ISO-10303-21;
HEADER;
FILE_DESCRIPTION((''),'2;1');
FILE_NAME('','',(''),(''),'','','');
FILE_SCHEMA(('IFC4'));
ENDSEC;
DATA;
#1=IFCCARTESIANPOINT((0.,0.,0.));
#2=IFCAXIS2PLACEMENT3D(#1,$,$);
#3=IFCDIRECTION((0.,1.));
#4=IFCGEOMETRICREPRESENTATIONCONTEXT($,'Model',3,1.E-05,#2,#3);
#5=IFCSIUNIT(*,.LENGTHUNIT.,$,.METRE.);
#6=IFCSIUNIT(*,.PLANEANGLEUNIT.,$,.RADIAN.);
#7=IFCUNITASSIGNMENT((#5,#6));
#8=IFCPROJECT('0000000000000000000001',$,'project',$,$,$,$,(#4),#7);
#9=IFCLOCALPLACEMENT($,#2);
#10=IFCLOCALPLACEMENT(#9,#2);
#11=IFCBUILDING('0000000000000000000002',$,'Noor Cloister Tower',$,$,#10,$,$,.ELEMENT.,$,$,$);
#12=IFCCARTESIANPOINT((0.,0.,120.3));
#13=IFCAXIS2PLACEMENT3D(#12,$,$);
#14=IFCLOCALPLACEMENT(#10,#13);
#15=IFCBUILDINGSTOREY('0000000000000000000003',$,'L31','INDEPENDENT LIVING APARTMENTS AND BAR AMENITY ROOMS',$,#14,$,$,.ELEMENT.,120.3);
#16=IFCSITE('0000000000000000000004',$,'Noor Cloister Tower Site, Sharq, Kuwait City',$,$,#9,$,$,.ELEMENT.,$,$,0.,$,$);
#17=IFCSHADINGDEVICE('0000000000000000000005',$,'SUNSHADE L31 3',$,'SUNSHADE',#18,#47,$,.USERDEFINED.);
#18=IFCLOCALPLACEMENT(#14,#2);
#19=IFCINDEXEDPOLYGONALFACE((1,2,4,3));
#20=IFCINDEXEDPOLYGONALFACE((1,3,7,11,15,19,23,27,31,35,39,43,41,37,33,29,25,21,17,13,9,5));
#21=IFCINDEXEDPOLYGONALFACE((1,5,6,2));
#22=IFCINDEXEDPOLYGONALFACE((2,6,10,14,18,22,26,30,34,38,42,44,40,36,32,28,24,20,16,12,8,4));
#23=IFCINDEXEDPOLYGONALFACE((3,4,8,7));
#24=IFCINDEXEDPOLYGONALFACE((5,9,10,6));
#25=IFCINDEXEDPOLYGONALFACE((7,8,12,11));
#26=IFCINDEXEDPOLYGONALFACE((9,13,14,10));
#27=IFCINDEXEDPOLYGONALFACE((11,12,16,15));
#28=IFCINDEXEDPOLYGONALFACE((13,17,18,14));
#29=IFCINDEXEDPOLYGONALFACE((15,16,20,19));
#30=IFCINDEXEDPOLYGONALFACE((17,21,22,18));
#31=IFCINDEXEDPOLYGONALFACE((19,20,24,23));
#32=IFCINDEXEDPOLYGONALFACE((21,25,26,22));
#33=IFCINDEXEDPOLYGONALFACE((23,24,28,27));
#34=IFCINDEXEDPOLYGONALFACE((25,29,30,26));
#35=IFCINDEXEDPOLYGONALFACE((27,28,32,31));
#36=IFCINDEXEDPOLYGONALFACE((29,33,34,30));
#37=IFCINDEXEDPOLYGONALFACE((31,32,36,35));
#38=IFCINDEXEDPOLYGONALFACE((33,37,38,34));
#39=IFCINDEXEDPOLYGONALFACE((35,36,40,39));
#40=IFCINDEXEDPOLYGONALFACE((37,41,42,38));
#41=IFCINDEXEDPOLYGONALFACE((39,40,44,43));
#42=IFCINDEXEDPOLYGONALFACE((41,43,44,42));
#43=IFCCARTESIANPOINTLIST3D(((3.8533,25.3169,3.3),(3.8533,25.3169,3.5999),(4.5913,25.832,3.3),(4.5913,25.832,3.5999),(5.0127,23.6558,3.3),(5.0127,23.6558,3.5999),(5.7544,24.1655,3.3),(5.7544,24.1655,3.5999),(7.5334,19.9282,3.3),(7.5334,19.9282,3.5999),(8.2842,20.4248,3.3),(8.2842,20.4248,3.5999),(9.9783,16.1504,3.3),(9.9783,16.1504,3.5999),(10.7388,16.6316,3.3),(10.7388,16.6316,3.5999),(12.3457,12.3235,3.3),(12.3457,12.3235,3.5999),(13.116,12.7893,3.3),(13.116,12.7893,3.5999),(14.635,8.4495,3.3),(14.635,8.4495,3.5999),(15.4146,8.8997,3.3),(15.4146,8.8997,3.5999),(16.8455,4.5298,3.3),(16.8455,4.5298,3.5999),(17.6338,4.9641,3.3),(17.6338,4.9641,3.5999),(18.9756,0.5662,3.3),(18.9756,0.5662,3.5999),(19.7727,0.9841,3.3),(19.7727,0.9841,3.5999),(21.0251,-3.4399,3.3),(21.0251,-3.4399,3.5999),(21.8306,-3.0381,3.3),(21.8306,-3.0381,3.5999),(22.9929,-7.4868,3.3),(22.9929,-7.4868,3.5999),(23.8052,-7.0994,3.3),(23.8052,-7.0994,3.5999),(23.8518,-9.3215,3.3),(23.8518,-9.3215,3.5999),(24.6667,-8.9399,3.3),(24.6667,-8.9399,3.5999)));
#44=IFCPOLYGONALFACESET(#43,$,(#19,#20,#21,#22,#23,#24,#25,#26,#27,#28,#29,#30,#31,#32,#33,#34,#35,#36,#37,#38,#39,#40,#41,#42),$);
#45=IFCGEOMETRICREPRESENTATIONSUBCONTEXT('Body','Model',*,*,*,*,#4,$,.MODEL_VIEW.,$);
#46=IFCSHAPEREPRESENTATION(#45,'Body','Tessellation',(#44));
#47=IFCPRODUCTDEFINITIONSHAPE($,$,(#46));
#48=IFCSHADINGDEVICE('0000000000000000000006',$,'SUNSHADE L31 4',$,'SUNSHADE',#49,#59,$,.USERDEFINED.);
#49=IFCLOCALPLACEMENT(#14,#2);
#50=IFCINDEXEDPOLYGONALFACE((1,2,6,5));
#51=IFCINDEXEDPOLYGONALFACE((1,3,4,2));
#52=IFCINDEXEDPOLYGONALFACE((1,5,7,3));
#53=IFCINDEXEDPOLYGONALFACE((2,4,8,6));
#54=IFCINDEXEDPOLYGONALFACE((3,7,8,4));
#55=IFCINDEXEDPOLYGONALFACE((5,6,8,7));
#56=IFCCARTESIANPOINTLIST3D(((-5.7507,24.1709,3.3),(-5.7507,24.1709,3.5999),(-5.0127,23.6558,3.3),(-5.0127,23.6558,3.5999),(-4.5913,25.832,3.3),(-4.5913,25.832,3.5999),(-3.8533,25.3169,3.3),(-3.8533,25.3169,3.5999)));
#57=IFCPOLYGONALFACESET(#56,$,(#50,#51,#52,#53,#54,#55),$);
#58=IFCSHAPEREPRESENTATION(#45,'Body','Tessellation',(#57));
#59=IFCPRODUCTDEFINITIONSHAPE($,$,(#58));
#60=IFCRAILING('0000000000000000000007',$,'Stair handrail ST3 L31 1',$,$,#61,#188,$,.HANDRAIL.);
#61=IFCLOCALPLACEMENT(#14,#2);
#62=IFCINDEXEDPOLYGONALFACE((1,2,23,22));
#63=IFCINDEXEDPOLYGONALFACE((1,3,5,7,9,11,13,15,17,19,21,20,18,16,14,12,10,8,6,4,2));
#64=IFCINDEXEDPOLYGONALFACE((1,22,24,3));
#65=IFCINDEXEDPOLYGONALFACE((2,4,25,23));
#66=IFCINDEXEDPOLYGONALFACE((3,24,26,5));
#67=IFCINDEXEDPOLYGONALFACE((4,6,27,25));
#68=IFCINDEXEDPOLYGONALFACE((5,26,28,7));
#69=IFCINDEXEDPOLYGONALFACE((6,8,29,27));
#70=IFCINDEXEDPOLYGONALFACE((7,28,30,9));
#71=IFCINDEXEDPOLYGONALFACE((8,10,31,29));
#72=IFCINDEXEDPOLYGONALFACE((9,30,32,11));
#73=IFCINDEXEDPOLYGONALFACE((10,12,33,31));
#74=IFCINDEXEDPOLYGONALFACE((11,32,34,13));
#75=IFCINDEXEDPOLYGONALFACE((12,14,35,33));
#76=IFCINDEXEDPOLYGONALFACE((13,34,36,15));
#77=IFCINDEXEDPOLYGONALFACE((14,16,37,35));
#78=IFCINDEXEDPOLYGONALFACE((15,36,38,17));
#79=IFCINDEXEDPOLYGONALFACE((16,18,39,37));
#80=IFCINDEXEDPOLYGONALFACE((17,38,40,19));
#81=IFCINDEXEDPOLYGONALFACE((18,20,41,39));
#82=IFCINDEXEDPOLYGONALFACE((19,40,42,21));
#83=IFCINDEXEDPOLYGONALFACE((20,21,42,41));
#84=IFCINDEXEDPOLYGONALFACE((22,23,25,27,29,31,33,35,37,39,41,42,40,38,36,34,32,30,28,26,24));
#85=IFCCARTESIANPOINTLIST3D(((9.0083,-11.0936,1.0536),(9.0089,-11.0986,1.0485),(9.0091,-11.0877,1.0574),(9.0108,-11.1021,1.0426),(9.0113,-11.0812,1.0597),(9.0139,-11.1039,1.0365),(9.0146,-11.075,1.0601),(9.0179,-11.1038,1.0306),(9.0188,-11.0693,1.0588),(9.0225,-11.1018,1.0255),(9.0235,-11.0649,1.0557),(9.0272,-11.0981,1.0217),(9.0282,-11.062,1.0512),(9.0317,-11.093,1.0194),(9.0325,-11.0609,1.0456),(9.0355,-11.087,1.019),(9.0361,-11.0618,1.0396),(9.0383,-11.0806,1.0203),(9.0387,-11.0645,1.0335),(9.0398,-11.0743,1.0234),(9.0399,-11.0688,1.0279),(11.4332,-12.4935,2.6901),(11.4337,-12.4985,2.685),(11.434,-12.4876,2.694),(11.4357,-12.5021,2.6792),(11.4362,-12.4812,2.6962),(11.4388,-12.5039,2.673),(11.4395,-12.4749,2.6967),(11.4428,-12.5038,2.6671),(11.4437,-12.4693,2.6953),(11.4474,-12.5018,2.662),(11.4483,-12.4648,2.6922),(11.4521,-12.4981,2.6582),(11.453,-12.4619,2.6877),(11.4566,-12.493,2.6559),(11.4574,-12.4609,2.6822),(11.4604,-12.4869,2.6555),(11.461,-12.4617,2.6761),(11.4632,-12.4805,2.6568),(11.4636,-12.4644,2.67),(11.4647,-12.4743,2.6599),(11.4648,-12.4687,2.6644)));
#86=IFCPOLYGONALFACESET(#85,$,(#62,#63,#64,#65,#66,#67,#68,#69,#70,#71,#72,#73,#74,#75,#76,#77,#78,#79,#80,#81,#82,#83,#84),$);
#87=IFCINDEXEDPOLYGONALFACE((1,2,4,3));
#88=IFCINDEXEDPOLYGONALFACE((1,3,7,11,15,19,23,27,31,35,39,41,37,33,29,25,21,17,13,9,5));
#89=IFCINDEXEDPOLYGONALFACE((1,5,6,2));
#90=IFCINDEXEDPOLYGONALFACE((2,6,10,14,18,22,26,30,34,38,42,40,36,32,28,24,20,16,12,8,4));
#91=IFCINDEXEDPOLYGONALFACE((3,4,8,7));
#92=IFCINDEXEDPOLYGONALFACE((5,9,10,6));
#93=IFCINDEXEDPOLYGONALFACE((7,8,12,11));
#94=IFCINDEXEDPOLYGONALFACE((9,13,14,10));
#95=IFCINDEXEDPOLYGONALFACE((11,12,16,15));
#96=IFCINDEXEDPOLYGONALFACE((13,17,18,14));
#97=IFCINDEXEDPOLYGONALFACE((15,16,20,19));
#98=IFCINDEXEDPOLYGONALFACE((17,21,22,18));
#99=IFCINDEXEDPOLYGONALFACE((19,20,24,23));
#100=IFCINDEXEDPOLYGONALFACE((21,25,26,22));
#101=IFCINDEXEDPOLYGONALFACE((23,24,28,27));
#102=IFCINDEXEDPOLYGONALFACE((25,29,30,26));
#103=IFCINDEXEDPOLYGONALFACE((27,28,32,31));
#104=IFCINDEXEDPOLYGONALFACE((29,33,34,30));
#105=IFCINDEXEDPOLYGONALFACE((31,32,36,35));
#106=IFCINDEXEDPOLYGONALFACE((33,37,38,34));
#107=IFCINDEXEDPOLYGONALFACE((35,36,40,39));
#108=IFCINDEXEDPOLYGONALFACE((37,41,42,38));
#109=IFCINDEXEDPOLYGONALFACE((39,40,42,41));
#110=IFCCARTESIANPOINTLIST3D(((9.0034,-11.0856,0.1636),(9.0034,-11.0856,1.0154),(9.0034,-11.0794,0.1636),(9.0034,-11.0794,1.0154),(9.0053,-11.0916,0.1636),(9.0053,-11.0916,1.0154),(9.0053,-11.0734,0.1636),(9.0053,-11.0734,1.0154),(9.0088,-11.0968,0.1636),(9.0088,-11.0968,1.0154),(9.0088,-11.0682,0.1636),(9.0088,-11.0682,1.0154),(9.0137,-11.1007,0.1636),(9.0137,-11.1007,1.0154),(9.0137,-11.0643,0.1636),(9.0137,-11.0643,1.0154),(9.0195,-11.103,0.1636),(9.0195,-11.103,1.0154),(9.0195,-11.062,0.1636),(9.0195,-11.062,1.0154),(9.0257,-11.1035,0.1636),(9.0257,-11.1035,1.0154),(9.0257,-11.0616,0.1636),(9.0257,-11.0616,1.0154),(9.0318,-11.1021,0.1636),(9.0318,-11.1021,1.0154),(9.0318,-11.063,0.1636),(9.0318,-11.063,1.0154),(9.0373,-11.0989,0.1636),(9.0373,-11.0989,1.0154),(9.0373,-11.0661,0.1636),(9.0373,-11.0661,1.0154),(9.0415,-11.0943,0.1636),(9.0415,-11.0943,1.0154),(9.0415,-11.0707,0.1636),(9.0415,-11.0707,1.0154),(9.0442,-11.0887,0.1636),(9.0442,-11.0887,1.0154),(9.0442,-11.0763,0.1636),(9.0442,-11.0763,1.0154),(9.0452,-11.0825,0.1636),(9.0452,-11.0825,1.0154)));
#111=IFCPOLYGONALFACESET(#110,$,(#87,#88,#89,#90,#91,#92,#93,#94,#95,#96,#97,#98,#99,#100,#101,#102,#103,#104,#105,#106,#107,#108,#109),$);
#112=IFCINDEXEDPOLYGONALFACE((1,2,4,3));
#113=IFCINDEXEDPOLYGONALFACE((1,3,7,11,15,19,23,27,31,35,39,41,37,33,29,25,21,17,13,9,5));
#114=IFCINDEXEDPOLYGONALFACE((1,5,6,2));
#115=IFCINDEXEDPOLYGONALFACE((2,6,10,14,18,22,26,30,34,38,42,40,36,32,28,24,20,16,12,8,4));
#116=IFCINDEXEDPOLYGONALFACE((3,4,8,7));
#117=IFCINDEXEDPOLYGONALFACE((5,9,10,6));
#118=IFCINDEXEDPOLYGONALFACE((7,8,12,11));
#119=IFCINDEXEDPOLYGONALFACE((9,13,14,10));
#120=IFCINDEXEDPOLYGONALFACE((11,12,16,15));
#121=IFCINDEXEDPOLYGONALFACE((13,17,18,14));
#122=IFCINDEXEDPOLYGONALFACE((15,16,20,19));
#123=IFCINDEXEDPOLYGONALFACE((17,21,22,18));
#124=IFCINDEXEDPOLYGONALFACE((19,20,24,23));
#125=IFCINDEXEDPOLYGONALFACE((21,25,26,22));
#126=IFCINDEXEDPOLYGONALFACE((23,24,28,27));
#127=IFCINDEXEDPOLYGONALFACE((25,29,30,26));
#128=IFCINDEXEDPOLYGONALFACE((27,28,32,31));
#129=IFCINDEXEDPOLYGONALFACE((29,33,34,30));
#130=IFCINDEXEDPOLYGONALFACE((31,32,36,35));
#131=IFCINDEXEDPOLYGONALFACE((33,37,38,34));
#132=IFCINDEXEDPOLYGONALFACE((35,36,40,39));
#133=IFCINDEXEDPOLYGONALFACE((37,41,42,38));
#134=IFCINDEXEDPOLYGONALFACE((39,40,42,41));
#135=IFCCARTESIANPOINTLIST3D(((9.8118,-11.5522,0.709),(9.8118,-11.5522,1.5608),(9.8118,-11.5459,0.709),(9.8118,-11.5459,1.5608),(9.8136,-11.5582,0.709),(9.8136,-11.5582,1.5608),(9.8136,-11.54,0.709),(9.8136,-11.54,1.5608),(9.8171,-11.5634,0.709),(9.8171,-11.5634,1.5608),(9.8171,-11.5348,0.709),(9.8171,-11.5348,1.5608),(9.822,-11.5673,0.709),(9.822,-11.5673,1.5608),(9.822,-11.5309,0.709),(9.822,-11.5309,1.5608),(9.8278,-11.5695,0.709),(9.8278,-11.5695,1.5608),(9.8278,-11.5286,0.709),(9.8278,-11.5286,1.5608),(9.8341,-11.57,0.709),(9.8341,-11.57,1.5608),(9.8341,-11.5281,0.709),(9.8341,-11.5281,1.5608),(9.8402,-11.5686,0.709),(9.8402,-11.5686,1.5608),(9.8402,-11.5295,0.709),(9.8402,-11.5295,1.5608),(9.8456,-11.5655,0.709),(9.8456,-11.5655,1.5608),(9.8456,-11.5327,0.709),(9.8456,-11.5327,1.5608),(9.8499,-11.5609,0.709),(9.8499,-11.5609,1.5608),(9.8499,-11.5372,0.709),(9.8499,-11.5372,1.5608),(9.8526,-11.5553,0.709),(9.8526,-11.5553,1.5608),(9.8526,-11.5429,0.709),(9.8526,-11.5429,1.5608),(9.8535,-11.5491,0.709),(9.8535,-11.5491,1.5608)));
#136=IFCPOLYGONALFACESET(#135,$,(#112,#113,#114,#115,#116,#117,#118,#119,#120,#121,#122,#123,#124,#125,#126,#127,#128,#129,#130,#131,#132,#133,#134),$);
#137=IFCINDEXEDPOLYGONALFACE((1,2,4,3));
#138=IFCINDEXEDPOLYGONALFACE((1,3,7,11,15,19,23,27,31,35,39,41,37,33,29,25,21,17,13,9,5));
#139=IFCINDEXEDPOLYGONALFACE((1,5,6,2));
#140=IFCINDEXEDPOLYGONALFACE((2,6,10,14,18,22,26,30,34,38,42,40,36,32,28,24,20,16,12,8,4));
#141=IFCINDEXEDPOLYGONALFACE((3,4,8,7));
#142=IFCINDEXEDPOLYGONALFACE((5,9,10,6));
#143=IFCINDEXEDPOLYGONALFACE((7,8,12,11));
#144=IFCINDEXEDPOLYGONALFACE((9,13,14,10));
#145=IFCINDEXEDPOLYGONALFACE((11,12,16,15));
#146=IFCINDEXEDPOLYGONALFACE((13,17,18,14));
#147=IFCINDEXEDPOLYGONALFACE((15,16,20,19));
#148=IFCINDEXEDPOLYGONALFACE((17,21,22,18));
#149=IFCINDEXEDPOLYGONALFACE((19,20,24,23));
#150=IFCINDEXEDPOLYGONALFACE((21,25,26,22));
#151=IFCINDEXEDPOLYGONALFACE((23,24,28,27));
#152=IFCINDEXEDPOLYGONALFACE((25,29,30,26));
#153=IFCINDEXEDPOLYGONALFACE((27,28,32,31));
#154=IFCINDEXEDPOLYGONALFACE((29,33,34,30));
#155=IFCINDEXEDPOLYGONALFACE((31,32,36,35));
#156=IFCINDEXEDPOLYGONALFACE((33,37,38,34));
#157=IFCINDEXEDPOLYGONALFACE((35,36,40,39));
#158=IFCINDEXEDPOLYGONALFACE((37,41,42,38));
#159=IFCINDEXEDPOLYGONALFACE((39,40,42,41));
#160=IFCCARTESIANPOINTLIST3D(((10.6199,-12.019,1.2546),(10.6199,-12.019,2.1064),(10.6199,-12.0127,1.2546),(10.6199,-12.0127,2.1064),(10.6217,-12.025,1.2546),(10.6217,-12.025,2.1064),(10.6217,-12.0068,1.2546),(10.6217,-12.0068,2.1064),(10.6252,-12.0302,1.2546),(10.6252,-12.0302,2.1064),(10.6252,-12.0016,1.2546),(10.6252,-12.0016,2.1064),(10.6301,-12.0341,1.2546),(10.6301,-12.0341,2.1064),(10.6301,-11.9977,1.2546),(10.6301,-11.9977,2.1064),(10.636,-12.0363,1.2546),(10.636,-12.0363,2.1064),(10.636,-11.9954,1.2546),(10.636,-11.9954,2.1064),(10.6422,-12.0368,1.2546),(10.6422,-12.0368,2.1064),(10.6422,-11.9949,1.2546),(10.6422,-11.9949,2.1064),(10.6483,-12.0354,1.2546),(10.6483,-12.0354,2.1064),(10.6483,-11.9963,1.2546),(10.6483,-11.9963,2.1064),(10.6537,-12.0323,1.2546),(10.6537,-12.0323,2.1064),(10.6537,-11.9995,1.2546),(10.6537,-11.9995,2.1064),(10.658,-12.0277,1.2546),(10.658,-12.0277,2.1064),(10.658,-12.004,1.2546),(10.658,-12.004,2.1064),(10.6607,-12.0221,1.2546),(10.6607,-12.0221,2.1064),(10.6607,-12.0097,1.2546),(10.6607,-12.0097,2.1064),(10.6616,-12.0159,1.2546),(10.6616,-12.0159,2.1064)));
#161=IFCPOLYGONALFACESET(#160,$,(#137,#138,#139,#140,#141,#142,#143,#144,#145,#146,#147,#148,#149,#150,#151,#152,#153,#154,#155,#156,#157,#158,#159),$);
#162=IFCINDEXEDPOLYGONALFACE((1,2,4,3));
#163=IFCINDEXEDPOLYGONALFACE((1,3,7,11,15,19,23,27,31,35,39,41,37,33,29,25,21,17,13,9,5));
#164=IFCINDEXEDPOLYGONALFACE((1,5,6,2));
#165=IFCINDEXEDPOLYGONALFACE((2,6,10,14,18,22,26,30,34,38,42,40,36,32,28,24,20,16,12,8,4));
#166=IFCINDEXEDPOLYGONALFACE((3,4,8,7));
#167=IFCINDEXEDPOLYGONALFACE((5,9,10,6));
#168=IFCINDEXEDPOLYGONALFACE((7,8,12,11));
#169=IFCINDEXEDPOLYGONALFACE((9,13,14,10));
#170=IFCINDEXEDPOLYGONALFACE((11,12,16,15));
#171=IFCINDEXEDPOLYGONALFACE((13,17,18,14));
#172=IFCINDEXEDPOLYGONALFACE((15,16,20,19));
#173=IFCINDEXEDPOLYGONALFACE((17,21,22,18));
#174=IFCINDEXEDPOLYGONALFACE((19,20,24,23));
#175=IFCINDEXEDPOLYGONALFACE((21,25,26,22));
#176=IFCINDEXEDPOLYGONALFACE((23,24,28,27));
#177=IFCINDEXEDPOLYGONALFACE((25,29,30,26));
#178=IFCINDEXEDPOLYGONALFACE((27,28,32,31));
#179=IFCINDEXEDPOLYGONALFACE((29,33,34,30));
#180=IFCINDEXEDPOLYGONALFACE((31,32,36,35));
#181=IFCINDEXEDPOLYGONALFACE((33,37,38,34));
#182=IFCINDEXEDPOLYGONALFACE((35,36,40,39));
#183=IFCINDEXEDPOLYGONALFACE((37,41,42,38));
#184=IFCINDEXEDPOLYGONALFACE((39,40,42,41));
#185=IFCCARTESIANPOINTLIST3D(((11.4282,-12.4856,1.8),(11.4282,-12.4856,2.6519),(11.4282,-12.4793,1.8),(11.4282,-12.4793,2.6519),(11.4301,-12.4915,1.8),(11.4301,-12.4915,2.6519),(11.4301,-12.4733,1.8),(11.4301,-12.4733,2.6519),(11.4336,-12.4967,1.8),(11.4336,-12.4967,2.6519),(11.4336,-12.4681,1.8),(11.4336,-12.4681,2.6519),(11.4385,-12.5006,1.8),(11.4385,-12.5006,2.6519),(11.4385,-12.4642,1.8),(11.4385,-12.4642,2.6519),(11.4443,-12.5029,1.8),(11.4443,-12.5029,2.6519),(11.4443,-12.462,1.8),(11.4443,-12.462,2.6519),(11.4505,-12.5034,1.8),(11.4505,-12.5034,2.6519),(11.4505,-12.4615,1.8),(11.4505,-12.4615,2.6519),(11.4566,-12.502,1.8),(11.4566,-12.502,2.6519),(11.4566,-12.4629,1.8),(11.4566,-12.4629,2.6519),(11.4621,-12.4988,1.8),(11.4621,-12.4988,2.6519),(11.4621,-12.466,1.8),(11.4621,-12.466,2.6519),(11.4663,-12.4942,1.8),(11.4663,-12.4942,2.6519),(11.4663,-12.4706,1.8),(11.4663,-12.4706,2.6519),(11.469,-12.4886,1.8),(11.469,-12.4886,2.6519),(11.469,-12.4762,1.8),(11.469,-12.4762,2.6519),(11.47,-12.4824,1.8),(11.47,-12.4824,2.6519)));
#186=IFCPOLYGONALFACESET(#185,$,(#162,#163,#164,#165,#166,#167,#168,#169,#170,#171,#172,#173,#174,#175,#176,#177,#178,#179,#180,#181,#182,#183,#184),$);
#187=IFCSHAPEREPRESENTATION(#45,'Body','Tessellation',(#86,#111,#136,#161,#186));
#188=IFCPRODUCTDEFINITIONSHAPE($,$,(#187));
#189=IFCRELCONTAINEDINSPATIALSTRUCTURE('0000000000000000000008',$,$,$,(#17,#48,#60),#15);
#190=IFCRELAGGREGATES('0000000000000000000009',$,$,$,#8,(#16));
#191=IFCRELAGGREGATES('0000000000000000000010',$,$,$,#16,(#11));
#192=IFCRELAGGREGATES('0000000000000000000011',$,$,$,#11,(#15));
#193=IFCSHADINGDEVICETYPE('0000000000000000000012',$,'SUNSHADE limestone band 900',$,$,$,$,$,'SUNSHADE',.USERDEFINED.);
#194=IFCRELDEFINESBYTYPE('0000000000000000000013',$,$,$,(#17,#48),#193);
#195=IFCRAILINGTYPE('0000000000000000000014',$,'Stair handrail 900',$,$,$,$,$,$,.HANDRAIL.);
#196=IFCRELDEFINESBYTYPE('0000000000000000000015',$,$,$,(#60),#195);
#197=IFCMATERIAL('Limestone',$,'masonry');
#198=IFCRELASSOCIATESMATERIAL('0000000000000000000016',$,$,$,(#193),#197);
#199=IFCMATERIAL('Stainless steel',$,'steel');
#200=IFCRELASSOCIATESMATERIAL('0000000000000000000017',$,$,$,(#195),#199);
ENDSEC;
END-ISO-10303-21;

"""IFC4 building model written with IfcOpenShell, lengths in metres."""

from ifc_helpers import new_model, si_unit, direction, frame, origin, origin_2d, place, context, subcontext, project, spatial, polyline, circle, outline, extrude, material, type_object, element, save


model = new_model("IFC4")

# Units and contexts
model_context = context("Model", 3, precision=1e-05, world=origin(), true_north=direction((0.0, 1.0)))
body_context = subcontext(model_context, "Body", "Model", "MODEL_VIEW")
ifc_project = project(units=[si_unit("LENGTHUNIT", "METRE"), si_unit("PLANEANGLEUNIT", "RADIAN")], contexts=[model_context])

# Site, building, storey
site_placement = place(None, origin())
site = spatial("IfcSite", under=ifc_project, at=site_placement, Name="Noor Cloister Tower Site, Sharq, Kuwait City", CompositionType="ELEMENT", RefElevation=0.0)
building_placement = place(site_placement, origin())
building = spatial("IfcBuilding", under=site, at=building_placement, Name="Noor Cloister Tower", CompositionType="ELEMENT")
storey_placement = place(building_placement, frame((0.0, 0.0, 120.3)))
storey = spatial("IfcBuildingStorey", under=building, at=storey_placement, Name="L31", Description="INDEPENDENT LIVING APARTMENTS AND BAR AMENITY ROOMS", CompositionType="ELEMENT", Elevation=120.3)

# Shading devices
ifc_material_1 = material(Name="Limestone", Category="masonry")
shading_device_type = type_object("IfcShadingDeviceType", Name="SUNSHADE limestone band 900", ElementType="SUNSHADE", PredefinedType="USERDEFINED", material=ifc_material_1)
shading_device_1_placement = place(storey_placement, frame((0.0, 0.0, 3.3)))
element("IfcShadingDevice", 1, at=shading_device_1_placement, inside=storey, type_object=shading_device_type, Name="SUNSHADE L31 3", ObjectType="SUNSHADE", PredefinedType="USERDEFINED", context=body_context, shape_type="SweptSolid", body=[
    extrude(outline(polyline([(24.6667, -8.9399), (23.8052, -7.0994), (21.8306, -3.0381), (19.7727, 0.9841), (17.6338, 4.9641), (15.4146, 8.8997), (13.116, 12.7893), (10.7388, 16.6316), (8.2842, 20.4248), (5.7544, 24.1655), (4.5913, 25.832), (3.8533, 25.3169), (5.0127, 23.6558), (7.5334, 19.9282), (9.9783, 16.1504), (12.3457, 12.3235), (14.635, 8.4495), (16.8455, 4.5298), (18.9756, 0.5662), (21.0251, -3.4399), (22.9929, -7.4868), (23.8518, -9.3215), (24.6667, -8.9399)])), origin(), (0.0, 0.0, 1.0), 0.2998),
])
shading_device_2_placement = place(storey_placement, frame((0.0, 0.0, 3.3)))
element("IfcShadingDevice", 2, at=shading_device_2_placement, inside=storey, type_object=shading_device_type, Name="SUNSHADE L31 4", ObjectType="SUNSHADE", PredefinedType="USERDEFINED", context=body_context, shape_type="SweptSolid", body=[
    extrude(outline(polyline([(-4.5913, 25.832), (-5.7507, 24.1709), (-5.0127, 23.6558), (-3.8533, 25.3169), (-4.5913, 25.832)])), origin(), (0.0, 0.0, 1.0), 0.2998),
])

# Railing
ifc_material_2 = material(Name="Stainless steel", Category="steel")
railing_type = type_object("IfcRailingType", Name="Stair handrail 900", PredefinedType="HANDRAIL", material=ifc_material_2)
railing_placement = place(storey_placement, frame((9.0242, -11.0825, 0.1636)))
element("IfcRailing", 3, at=railing_placement, inside=storey, type_object=railing_type, Name="Stair handrail ST3 L31 1", PredefinedType="HANDRAIL", context=body_context, shape_type="SweptSolid", body=[
    extrude(circle(Radius=0.0239, at=origin_2d()), frame((0.0, 0.0, 0.876), z_axis=(0.74769, -0.431661, 0.504608), x_axis=(0.499984, 0.866035, 0.0)), (0.0, 0.0, 1.0), 3.2432),
    extrude(circle(Radius=0.021, at=origin_2d()), origin(), (0.0, 0.0, 1.0), 0.8518),
    extrude(circle(Radius=0.021, at=origin_2d()), frame((0.8083, -0.4666, 0.5454)), (0.0, 0.0, 1.0), 0.8518),
    extrude(circle(Radius=0.021, at=origin_2d()), frame((1.6165, -0.9333, 1.0911)), (0.0, 0.0, 1.0), 0.8518),
    extrude(circle(Radius=0.021, at=origin_2d()), frame((2.4248, -1.3999, 1.6365)), (0.0, 0.0, 1.0), 0.8518),
])

save(model, "model.ifc")
